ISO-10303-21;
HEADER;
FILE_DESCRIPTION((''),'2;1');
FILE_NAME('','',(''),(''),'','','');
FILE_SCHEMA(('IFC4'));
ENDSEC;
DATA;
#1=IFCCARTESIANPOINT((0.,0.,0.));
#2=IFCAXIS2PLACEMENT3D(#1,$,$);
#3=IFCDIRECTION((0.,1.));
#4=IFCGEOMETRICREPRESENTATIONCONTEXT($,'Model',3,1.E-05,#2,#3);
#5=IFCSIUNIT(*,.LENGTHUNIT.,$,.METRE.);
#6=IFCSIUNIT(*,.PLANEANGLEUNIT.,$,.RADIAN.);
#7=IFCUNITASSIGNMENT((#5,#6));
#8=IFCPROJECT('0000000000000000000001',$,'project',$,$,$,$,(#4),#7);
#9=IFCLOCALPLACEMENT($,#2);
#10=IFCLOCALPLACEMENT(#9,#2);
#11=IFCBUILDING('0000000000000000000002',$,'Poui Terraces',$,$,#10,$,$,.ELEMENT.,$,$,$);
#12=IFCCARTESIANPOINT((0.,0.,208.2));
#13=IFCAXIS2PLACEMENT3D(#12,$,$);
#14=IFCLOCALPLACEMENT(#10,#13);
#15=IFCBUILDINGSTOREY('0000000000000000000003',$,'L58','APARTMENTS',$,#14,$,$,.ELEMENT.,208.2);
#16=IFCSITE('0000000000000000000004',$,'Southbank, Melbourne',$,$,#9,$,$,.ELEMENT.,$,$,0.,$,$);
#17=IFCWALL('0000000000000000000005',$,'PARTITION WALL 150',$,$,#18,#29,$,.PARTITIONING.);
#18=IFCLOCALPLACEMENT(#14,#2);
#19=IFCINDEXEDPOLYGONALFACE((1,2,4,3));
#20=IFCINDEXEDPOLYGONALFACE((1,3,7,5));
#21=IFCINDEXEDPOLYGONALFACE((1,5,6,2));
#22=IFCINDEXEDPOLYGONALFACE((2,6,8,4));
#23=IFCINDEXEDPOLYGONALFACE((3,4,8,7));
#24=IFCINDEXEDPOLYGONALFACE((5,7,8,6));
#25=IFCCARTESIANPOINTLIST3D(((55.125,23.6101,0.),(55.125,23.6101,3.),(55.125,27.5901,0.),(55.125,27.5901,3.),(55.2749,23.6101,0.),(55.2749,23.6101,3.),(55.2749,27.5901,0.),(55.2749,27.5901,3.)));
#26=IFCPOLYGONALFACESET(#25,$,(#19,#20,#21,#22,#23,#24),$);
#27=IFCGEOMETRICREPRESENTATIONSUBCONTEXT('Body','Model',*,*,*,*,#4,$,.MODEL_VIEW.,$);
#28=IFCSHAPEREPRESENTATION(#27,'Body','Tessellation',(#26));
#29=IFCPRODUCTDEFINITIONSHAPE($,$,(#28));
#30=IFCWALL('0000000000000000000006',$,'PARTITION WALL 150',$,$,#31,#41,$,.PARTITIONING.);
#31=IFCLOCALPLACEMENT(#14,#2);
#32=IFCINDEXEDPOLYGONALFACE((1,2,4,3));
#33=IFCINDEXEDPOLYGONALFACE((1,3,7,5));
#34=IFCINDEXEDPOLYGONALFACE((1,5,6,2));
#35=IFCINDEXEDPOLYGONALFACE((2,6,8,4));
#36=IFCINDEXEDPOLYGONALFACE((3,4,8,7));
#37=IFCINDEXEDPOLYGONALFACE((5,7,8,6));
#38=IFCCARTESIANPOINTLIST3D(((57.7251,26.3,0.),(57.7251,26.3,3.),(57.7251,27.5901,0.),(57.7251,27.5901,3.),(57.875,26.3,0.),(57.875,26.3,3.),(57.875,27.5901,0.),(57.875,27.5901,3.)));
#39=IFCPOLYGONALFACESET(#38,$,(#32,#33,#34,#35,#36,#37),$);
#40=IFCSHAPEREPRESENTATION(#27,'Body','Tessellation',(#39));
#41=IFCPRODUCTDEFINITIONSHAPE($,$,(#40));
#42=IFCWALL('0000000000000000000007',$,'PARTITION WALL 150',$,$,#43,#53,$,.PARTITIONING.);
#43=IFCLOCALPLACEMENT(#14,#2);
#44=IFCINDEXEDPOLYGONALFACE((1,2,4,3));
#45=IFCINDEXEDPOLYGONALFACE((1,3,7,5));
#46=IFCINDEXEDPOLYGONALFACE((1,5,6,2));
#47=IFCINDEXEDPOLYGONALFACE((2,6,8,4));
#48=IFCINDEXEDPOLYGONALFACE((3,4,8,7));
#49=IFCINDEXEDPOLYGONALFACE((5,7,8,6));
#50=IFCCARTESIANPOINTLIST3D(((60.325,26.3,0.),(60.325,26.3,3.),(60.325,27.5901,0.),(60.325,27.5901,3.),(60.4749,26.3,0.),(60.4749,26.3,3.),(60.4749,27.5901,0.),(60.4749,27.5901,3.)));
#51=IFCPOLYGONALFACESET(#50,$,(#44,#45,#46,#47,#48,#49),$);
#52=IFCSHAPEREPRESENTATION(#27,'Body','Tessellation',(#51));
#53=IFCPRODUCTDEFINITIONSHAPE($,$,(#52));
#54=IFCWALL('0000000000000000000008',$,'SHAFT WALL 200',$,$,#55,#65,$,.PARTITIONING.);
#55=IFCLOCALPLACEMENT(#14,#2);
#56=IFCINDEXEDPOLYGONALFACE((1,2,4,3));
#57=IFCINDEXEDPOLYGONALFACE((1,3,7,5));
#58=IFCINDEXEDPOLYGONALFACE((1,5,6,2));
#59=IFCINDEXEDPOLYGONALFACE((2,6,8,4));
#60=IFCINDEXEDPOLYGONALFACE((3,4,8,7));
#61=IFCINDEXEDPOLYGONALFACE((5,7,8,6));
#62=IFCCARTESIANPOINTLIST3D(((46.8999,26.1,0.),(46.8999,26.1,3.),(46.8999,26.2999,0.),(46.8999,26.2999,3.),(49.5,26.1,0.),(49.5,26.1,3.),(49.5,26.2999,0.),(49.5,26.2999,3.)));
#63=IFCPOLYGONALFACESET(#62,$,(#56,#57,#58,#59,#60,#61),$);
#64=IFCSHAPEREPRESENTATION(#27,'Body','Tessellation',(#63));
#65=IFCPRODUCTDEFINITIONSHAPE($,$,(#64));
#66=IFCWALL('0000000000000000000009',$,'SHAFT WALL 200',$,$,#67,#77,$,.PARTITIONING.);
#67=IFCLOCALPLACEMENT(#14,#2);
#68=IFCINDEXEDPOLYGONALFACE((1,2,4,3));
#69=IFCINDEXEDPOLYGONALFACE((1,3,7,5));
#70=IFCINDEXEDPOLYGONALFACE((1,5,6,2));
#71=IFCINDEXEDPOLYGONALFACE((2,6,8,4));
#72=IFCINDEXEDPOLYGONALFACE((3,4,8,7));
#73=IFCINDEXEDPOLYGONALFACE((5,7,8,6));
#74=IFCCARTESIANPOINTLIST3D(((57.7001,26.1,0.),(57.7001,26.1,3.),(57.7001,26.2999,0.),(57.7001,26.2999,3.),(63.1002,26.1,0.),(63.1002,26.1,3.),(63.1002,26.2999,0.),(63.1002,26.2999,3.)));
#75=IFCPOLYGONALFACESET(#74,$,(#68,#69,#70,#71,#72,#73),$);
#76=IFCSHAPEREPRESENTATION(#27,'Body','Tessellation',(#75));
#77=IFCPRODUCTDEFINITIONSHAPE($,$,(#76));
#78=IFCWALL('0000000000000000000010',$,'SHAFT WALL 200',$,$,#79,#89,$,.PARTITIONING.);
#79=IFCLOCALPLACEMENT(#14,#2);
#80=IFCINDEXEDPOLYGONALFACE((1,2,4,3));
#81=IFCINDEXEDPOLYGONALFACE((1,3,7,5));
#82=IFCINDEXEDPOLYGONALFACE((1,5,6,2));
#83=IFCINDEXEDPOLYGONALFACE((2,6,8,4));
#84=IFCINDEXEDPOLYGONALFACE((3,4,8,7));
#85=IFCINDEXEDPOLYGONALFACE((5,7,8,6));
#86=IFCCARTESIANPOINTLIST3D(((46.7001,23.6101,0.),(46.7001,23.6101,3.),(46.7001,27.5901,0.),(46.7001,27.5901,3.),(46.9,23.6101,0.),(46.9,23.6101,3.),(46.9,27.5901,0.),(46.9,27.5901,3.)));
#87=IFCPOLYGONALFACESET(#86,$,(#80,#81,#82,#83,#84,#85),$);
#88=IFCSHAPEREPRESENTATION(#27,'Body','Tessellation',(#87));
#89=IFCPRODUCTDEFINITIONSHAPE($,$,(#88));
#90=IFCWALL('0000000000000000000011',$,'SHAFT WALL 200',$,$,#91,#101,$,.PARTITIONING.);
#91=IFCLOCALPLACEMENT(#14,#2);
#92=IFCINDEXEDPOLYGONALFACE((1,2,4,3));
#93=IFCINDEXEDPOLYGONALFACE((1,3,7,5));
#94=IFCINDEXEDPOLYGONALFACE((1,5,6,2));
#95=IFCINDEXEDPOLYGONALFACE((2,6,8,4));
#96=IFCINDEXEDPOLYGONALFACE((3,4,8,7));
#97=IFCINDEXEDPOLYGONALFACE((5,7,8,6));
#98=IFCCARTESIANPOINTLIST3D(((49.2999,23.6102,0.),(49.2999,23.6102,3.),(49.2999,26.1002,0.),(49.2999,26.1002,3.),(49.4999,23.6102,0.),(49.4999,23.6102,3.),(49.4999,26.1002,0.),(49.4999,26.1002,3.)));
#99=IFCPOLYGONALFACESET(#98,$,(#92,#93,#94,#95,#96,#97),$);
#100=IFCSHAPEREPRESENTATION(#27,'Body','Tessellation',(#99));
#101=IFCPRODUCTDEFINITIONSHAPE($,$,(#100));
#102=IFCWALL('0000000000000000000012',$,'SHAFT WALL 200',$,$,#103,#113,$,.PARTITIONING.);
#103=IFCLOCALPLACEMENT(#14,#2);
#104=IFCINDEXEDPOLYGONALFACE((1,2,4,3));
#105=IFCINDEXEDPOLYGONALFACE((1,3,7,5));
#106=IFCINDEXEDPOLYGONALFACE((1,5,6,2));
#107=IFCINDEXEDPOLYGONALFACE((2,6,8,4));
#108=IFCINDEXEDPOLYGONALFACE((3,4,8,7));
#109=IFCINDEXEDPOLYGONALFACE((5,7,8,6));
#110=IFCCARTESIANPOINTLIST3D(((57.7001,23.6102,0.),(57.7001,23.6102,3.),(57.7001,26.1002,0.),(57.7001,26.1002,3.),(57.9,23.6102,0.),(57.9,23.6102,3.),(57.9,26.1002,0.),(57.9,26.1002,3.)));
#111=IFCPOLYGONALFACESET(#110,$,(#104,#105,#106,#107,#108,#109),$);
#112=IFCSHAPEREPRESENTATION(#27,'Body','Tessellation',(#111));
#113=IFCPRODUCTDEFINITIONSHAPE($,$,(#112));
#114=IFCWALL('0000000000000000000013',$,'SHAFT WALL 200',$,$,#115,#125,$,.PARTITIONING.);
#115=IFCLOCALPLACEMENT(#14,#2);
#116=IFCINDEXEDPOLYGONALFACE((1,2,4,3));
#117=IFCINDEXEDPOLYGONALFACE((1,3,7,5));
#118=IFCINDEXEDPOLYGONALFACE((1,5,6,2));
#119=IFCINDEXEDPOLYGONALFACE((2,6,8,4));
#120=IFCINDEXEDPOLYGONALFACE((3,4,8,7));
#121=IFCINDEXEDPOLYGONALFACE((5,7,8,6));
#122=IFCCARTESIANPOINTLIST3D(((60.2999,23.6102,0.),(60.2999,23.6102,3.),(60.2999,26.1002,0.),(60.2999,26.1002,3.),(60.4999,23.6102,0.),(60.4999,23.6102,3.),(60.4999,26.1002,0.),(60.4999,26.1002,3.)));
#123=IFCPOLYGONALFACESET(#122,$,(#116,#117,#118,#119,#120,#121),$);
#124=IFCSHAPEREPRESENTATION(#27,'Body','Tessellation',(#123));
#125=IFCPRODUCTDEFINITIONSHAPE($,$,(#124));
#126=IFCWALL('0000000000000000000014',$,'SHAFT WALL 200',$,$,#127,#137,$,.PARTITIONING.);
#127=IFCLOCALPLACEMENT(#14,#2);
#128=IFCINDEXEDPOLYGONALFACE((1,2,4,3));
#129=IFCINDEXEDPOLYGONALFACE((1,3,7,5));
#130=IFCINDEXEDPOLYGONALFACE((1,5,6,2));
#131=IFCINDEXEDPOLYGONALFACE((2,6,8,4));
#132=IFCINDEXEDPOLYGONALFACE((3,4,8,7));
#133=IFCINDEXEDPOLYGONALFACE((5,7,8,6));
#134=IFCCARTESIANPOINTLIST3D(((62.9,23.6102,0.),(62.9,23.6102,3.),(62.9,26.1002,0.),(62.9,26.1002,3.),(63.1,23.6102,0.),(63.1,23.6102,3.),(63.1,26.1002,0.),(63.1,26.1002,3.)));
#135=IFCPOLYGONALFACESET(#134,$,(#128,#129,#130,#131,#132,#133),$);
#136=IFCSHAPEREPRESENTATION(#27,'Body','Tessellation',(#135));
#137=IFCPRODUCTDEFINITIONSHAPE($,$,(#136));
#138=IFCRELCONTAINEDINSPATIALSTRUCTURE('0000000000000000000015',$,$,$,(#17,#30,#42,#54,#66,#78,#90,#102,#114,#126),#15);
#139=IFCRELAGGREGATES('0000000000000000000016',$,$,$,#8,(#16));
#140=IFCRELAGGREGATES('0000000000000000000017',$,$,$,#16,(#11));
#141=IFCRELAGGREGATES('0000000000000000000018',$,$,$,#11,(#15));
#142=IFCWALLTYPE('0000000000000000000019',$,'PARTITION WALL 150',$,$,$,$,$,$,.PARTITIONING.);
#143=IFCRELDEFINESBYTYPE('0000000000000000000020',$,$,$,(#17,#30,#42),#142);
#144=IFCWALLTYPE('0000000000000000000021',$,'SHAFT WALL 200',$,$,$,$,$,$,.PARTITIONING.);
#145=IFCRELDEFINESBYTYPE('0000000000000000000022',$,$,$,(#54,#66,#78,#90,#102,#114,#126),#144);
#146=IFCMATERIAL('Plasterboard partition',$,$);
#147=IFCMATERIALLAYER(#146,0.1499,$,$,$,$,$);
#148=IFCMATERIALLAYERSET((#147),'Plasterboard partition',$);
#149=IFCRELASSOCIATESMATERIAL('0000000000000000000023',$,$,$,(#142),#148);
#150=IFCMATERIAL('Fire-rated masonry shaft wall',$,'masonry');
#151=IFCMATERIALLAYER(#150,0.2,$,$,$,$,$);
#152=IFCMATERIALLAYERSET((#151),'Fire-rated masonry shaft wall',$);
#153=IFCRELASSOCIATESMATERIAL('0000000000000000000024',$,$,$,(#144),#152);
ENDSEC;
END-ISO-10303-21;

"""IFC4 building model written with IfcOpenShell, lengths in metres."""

from ifc_helpers import new_model, si_unit, direction, frame, frame_2d, origin, place, context, subcontext, project, spatial, rectangle, extrude, material, layer, layer_set, type_object, element, save


model = new_model("IFC4")

# Units and contexts
model_context = context("Model", 3, precision=1e-05, world=origin(), true_north=direction((0.0, 1.0)))
body_context = subcontext(model_context, "Body", "Model", "MODEL_VIEW")
ifc_project = project(units=[si_unit("LENGTHUNIT", "METRE"), si_unit("PLANEANGLEUNIT", "RADIAN")], contexts=[model_context])

# Site, building, storey
site_placement = place(None, origin())
site = spatial("IfcSite", under=ifc_project, at=site_placement, Name="Southbank, Melbourne", CompositionType="ELEMENT", RefElevation=0.0)
building_placement = place(site_placement, origin())
building = spatial("IfcBuilding", under=site, at=building_placement, Name="Poui Terraces", CompositionType="ELEMENT")
storey_placement = place(building_placement, frame((0.0, 0.0, 208.2)))
storey = spatial("IfcBuildingStorey", under=building, at=storey_placement, Name="L58", Description="APARTMENTS", CompositionType="ELEMENT", Elevation=208.2)

# Walls
ifc_material_1 = material(Name="Plasterboard partition")
ifc_layer_1 = layer(ifc_material_1, 0.1499)
ifc_layer_set_1 = layer_set([ifc_layer_1], Name="Plasterboard partition")
wall_type_1 = type_object("IfcWallType", Name="PARTITION WALL 150", PredefinedType="PARTITIONING", material=ifc_layer_set_1)
wall_1_placement = place(storey_placement, frame((55.2, 23.6101, 0.0), z_axis=(0.0, 0.0, 1.0), x_axis=(0.0, 1.0, 0.0)))
element("IfcWall", 1, at=wall_1_placement, inside=storey, type_object=wall_type_1, Name="PARTITION WALL 150", PredefinedType="PARTITIONING", context=body_context, shape_type="SweptSolid", body=[
    extrude(rectangle(XDim=3.98, YDim=0.1499, at=frame_2d((1.99, 0.0))), origin(), (0.0, 0.0, 1.0), 3.0),
])
for number, where, z_axis, x_axis, name in (
    (2, (57.8, 26.3, 0.0), (0.0, 0.0, 1.0), (0.0, 1.0, 0.0), "PARTITION WALL 150"),
    (3, (60.3999, 26.3, 0.0), (0.0, 0.0, 1.0), (0.0, 1.0, 0.0), "PARTITION WALL 150"),
):
    element("IfcWall", number, at=place(storey_placement, frame(where, z_axis=z_axis, x_axis=x_axis)), inside=storey, type_object=wall_type_1, Name=name, PredefinedType="PARTITIONING", context=body_context, shape_type="SweptSolid", body=[
        extrude(rectangle(XDim=1.29, YDim=0.1499, at=frame_2d((0.645, 0.0))), origin(), (0.0, 0.0, 1.0), 3.0),
    ])
ifc_material_2 = material(Name="Fire-rated masonry shaft wall", Category="masonry")
ifc_layer_2 = layer(ifc_material_2, 0.2)
ifc_layer_set_2 = layer_set([ifc_layer_2], Name="Fire-rated masonry shaft wall")
wall_type_2 = type_object("IfcWallType", Name="SHAFT WALL 200", PredefinedType="PARTITIONING", material=ifc_layer_set_2)
wall_2_placement = place(storey_placement, frame((46.8999, 26.2, 0.0), z_axis=(0.0, 0.0, 1.0), x_axis=(1.0, 0.0, 0.0)))
element("IfcWall", 4, at=wall_2_placement, inside=storey, type_object=wall_type_2, Name="SHAFT WALL 200", PredefinedType="PARTITIONING", context=body_context, shape_type="SweptSolid", body=[
    extrude(rectangle(XDim=2.6001, YDim=0.2, at=frame_2d((1.3, 0.0))), origin(), (0.0, 0.0, 1.0), 3.0),
])
wall_3_placement = place(storey_placement, frame((57.7, 26.2, 0.0), z_axis=(0.0, 0.0, 1.0), x_axis=(1.0, 0.0, 0.0)))
element("IfcWall", 5, at=wall_3_placement, inside=storey, type_object=wall_type_2, Name="SHAFT WALL 200", PredefinedType="PARTITIONING", context=body_context, shape_type="SweptSolid", body=[
    extrude(rectangle(XDim=5.4001, YDim=0.2, at=frame_2d((2.7002, 0.0))), origin(), (0.0, 0.0, 1.0), 3.0),
])
wall_4_placement = place(storey_placement, frame((46.8, 23.6101, 0.0), z_axis=(0.0, 0.0, 1.0), x_axis=(0.0, 1.0, 0.0)))
element("IfcWall", 6, at=wall_4_placement, inside=storey, type_object=wall_type_2, Name="SHAFT WALL 200", PredefinedType="PARTITIONING", context=body_context, shape_type="SweptSolid", body=[
    extrude(rectangle(XDim=3.98, YDim=0.2, at=frame_2d((1.99, 0.0))), origin(), (0.0, 0.0, 1.0), 3.0),
])
for number, where, z_axis, x_axis, name in (
    (7, (49.3999, 23.6101, 0.0), (0.0, 0.0, 1.0), (0.0, 1.0, 0.0), "SHAFT WALL 200"),
    (8, (57.8, 23.6101, 0.0), (0.0, 0.0, 1.0), (0.0, 1.0, 0.0), "SHAFT WALL 200"),
    (9, (60.3999, 23.6101, 0.0), (0.0, 0.0, 1.0), (0.0, 1.0, 0.0), "SHAFT WALL 200"),
    (10, (63.0, 23.6101, 0.0), (0.0, 0.0, 1.0), (0.0, 1.0, 0.0), "SHAFT WALL 200"),
):
    element("IfcWall", number, at=place(storey_placement, frame(where, z_axis=z_axis, x_axis=x_axis)), inside=storey, type_object=wall_type_2, Name=name, PredefinedType="PARTITIONING", context=body_context, shape_type="SweptSolid", body=[
        extrude(rectangle(XDim=2.49, YDim=0.2, at=frame_2d((1.2451, 0.0))), origin(), (0.0, 0.0, 1.0), 3.0),
    ])

save(model, "model.ifc")
